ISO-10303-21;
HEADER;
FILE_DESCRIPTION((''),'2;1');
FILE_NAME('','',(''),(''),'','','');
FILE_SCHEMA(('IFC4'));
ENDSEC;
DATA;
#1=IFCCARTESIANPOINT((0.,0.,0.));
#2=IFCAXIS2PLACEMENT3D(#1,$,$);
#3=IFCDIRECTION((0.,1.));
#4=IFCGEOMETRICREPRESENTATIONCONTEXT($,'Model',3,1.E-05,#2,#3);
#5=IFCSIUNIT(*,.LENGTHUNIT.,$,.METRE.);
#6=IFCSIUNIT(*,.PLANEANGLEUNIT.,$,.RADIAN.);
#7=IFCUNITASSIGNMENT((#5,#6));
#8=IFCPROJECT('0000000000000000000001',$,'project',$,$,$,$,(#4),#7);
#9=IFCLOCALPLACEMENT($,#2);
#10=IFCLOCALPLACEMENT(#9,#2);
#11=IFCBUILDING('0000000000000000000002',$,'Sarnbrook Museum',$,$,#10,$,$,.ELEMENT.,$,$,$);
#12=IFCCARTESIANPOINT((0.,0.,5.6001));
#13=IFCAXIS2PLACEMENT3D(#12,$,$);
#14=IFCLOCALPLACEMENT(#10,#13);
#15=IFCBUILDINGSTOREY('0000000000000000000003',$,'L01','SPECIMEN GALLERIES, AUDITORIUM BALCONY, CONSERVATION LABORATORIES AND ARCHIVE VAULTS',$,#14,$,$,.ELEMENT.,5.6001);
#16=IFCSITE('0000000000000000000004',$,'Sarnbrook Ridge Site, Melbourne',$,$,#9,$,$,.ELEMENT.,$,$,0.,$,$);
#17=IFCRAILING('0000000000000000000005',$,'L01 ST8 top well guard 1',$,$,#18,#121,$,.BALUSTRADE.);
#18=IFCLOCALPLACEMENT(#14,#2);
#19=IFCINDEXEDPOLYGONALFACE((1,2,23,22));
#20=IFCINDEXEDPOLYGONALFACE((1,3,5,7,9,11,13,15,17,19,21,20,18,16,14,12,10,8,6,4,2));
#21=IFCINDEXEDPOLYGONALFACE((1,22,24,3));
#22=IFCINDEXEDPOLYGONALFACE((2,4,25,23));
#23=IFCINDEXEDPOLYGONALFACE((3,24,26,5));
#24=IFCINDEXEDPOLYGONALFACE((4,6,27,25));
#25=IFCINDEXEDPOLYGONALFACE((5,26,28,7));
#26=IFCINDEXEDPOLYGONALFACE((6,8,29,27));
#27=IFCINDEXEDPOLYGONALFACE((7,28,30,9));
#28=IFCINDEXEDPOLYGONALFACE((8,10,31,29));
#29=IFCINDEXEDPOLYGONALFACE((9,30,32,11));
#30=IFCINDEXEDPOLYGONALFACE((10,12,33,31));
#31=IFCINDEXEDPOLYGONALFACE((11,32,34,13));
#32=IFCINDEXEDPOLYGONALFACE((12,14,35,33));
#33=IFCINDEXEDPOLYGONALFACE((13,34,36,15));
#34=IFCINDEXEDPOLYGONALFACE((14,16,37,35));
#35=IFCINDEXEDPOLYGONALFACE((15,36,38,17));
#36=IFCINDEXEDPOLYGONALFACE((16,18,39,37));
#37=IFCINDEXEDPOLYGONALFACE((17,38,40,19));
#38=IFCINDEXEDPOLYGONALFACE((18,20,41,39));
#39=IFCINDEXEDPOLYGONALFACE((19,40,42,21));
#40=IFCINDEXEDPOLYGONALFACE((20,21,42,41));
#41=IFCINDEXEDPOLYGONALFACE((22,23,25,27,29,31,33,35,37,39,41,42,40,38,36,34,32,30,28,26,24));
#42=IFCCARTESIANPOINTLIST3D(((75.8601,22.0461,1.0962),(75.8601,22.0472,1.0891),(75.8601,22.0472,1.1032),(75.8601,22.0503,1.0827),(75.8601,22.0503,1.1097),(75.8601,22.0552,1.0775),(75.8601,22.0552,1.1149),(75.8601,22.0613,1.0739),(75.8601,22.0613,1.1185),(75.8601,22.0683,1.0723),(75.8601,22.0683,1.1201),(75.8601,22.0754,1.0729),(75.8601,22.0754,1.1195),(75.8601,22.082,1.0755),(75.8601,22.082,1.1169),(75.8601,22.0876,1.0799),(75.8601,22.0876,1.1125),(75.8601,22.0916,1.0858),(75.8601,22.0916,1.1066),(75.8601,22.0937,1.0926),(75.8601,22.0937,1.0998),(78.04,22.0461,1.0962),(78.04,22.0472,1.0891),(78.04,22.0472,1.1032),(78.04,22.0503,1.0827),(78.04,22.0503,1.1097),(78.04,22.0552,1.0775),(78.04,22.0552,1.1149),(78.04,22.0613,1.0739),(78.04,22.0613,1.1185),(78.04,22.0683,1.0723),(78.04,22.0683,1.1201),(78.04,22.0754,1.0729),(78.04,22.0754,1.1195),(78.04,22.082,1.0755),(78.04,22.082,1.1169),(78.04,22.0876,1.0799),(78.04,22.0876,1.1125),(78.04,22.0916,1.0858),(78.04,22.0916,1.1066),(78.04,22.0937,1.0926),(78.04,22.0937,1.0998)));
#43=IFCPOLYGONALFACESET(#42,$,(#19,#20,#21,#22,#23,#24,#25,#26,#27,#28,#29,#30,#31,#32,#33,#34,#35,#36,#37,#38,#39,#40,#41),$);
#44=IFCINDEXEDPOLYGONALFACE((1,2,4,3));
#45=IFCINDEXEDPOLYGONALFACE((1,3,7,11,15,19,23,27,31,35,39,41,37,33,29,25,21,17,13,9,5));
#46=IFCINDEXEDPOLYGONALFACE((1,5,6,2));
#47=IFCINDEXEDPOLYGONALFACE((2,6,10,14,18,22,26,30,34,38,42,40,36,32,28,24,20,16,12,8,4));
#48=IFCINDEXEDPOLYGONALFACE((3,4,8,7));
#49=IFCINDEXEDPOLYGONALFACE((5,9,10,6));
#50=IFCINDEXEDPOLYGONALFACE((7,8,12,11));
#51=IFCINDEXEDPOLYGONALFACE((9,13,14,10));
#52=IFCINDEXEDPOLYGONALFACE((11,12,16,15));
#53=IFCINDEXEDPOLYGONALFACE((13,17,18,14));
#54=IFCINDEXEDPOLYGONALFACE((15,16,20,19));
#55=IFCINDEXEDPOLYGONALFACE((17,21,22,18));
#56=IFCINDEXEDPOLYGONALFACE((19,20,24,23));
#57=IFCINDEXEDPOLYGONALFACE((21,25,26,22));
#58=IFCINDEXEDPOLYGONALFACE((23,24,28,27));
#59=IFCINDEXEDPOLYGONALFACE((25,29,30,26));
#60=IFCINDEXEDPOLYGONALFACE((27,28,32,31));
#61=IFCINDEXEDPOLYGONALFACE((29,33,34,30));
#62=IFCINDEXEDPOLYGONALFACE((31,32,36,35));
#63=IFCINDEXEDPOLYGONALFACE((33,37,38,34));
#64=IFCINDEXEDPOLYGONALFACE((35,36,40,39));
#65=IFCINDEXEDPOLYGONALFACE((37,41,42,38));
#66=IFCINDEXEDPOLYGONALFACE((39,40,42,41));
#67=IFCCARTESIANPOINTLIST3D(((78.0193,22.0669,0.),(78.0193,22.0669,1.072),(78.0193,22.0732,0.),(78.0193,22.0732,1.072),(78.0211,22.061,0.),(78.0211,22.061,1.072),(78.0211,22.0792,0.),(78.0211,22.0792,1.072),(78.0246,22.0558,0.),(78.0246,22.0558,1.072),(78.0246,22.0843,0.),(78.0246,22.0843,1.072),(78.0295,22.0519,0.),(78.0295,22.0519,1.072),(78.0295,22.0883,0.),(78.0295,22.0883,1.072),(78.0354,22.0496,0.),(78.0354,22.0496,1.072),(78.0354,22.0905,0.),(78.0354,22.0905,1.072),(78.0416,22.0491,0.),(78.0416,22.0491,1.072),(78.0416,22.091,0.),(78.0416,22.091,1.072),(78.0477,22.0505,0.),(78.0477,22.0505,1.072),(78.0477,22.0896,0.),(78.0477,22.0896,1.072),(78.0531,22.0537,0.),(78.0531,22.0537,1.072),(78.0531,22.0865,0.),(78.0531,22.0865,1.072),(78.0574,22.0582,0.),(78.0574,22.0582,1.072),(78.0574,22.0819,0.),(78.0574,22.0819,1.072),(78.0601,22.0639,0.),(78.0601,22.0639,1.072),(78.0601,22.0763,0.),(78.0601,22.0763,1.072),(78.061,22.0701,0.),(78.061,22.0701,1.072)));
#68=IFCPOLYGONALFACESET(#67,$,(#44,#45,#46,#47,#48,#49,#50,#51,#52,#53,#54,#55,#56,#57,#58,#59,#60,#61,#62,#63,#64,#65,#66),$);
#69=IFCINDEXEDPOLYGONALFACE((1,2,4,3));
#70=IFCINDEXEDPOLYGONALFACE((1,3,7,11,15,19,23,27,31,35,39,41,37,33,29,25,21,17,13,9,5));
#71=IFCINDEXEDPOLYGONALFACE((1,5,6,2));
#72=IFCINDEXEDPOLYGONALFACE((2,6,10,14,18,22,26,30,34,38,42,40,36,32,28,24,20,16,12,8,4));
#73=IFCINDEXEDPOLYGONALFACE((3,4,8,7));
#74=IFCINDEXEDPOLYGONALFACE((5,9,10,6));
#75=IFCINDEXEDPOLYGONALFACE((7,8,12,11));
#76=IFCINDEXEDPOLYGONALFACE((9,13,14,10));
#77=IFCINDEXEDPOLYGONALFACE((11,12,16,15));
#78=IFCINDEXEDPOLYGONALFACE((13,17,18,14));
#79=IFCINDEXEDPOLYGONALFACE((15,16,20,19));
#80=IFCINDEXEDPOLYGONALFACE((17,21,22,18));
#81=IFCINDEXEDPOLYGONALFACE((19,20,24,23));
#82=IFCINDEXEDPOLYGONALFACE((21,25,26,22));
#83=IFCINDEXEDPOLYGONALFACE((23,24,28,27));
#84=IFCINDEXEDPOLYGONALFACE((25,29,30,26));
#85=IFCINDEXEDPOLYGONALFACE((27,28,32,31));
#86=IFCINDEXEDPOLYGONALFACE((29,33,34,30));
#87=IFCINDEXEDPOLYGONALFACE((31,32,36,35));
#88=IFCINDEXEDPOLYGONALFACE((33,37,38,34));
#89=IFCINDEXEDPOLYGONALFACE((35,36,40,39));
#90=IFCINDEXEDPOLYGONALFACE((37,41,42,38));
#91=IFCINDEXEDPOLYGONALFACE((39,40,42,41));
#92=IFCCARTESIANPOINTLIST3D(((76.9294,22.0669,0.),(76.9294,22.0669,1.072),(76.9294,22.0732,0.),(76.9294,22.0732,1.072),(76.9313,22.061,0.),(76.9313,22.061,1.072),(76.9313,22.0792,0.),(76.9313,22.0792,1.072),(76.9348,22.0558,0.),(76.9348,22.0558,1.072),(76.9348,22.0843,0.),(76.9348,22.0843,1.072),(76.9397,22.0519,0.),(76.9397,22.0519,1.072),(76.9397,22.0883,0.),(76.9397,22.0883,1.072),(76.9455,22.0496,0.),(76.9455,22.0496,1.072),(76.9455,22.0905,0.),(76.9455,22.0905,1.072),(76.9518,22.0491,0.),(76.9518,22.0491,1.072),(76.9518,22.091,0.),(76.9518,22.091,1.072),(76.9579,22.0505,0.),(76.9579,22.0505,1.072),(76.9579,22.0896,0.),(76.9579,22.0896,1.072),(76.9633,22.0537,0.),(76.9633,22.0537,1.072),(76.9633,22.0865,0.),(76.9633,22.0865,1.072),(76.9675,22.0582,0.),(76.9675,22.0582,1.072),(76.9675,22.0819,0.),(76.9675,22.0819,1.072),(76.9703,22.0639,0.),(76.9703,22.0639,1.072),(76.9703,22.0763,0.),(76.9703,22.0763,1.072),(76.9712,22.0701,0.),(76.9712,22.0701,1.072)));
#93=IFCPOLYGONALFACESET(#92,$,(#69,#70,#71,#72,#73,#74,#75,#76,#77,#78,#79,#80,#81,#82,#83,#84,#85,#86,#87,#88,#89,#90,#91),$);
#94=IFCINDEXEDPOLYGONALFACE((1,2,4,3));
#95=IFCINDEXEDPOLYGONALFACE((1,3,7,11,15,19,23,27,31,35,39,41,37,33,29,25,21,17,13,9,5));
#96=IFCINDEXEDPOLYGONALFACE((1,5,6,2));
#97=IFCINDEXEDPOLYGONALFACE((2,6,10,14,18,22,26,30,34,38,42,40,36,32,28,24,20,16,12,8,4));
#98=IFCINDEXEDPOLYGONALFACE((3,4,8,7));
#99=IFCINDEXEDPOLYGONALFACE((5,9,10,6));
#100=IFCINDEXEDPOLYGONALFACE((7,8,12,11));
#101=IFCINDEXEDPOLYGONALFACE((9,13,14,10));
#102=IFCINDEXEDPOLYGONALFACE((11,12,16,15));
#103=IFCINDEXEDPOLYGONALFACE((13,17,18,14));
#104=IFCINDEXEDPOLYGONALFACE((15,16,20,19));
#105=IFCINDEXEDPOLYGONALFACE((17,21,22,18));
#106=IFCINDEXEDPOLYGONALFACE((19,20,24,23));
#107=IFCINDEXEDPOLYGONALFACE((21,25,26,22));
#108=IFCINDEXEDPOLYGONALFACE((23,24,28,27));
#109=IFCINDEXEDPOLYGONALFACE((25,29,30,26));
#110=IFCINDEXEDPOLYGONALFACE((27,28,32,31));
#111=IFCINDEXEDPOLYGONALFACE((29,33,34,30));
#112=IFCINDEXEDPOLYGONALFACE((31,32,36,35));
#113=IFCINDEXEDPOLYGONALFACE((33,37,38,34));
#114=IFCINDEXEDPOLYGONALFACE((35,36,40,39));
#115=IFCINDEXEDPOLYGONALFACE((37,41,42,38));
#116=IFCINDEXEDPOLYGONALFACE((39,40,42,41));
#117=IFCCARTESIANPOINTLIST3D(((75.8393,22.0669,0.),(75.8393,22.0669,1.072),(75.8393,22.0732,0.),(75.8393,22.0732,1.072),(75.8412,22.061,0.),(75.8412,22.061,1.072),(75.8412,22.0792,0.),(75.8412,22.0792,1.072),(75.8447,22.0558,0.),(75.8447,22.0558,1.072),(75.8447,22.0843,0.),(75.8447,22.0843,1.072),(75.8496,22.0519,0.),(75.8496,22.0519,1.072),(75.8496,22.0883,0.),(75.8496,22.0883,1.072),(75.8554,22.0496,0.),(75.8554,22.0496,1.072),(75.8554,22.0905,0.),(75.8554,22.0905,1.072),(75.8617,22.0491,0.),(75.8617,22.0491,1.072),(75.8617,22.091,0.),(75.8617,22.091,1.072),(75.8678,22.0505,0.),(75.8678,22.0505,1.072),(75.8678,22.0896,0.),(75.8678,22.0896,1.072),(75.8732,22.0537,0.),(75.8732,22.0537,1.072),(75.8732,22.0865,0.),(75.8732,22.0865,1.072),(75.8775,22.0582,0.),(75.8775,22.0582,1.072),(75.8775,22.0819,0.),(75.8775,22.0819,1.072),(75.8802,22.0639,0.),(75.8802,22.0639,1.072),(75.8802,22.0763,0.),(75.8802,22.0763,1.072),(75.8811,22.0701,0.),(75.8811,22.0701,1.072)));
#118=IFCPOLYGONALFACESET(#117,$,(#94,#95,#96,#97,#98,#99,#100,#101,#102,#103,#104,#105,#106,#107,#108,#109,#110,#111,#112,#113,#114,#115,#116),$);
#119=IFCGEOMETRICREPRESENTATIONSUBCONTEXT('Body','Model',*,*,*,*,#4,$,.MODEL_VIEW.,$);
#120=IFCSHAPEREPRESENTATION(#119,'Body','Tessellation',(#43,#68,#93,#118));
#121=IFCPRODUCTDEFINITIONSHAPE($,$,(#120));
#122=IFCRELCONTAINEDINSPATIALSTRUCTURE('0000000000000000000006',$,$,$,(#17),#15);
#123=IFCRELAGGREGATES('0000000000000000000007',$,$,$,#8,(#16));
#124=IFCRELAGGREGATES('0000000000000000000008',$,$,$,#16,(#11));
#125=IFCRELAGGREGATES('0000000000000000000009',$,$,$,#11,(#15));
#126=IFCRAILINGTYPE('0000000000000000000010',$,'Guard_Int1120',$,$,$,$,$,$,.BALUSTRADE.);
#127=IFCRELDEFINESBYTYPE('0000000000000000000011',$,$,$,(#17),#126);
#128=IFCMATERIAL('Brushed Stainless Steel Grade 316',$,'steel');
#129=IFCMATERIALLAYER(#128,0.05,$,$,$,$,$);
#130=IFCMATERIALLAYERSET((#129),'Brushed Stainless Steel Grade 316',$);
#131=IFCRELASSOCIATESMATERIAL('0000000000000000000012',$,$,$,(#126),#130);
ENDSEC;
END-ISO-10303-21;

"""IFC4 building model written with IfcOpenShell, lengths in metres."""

from ifc_helpers import new_model, si_unit, direction, frame, origin, origin_2d, place, context, subcontext, project, spatial, circle, extrude, material, layer, layer_set, type_object, element, save


model = new_model("IFC4")

# Units and contexts
model_context = context("Model", 3, precision=1e-05, world=origin(), true_north=direction((0.0, 1.0)))
body_context = subcontext(model_context, "Body", "Model", "MODEL_VIEW")
ifc_project = project(units=[si_unit("LENGTHUNIT", "METRE"), si_unit("PLANEANGLEUNIT", "RADIAN")], contexts=[model_context])

# Site, building, storey
site_placement = place(None, origin())
site = spatial("IfcSite", under=ifc_project, at=site_placement, Name="Sarnbrook Ridge Site, Melbourne", CompositionType="ELEMENT", RefElevation=0.0)
building_placement = place(site_placement, origin())
building = spatial("IfcBuilding", under=site, at=building_placement, Name="Sarnbrook Museum", CompositionType="ELEMENT")
storey_placement = place(building_placement, frame((0.0, 0.0, 5.6001)))
storey = spatial("IfcBuildingStorey", under=building, at=storey_placement, Name="L01", Description="SPECIMEN GALLERIES, AUDITORIUM BALCONY, CONSERVATION LABORATORIES AND ARCHIVE VAULTS", CompositionType="ELEMENT", Elevation=5.6001)

# Railing
ifc_material_1 = material(Name="Brushed Stainless Steel Grade 316", Category="steel")
ifc_layer_1 = layer(ifc_material_1, 0.05)
ifc_layer_set_1 = layer_set([ifc_layer_1], Name="Brushed Stainless Steel Grade 316")
railing_type = type_object("IfcRailingType", Name="Guard_Int1120", PredefinedType="BALUSTRADE", material=ifc_layer_set_1)
railing_1_placement = place(storey_placement, frame((78.04, 22.0701, 0.0)))
element("IfcRailing", 1, at=railing_1_placement, inside=storey, type_object=railing_type, Name="L01 ST8 top well guard 1", PredefinedType="BALUSTRADE", context=body_context, shape_type="SweptSolid", body=[
    extrude(circle(Radius=0.0239, at=origin_2d()), frame((0.0, 0.0, 1.0962), z_axis=(-1.0, 0.0, 0.0), x_axis=(0.0, -1.0, 0.0)), (0.0, 0.0, 1.0), 2.1799),
    extrude(circle(Radius=0.021, at=origin_2d()), origin(), (0.0, 0.0, 1.0), 1.072),
    extrude(circle(Radius=0.021, at=origin_2d()), frame((-1.0898, 0.0, 0.0)), (0.0, 0.0, 1.0), 1.072),
    extrude(circle(Radius=0.021, at=origin_2d()), frame((-2.1799, 0.0, 0.0)), (0.0, 0.0, 1.0), 1.072),
])

save(model, "model.ifc")
